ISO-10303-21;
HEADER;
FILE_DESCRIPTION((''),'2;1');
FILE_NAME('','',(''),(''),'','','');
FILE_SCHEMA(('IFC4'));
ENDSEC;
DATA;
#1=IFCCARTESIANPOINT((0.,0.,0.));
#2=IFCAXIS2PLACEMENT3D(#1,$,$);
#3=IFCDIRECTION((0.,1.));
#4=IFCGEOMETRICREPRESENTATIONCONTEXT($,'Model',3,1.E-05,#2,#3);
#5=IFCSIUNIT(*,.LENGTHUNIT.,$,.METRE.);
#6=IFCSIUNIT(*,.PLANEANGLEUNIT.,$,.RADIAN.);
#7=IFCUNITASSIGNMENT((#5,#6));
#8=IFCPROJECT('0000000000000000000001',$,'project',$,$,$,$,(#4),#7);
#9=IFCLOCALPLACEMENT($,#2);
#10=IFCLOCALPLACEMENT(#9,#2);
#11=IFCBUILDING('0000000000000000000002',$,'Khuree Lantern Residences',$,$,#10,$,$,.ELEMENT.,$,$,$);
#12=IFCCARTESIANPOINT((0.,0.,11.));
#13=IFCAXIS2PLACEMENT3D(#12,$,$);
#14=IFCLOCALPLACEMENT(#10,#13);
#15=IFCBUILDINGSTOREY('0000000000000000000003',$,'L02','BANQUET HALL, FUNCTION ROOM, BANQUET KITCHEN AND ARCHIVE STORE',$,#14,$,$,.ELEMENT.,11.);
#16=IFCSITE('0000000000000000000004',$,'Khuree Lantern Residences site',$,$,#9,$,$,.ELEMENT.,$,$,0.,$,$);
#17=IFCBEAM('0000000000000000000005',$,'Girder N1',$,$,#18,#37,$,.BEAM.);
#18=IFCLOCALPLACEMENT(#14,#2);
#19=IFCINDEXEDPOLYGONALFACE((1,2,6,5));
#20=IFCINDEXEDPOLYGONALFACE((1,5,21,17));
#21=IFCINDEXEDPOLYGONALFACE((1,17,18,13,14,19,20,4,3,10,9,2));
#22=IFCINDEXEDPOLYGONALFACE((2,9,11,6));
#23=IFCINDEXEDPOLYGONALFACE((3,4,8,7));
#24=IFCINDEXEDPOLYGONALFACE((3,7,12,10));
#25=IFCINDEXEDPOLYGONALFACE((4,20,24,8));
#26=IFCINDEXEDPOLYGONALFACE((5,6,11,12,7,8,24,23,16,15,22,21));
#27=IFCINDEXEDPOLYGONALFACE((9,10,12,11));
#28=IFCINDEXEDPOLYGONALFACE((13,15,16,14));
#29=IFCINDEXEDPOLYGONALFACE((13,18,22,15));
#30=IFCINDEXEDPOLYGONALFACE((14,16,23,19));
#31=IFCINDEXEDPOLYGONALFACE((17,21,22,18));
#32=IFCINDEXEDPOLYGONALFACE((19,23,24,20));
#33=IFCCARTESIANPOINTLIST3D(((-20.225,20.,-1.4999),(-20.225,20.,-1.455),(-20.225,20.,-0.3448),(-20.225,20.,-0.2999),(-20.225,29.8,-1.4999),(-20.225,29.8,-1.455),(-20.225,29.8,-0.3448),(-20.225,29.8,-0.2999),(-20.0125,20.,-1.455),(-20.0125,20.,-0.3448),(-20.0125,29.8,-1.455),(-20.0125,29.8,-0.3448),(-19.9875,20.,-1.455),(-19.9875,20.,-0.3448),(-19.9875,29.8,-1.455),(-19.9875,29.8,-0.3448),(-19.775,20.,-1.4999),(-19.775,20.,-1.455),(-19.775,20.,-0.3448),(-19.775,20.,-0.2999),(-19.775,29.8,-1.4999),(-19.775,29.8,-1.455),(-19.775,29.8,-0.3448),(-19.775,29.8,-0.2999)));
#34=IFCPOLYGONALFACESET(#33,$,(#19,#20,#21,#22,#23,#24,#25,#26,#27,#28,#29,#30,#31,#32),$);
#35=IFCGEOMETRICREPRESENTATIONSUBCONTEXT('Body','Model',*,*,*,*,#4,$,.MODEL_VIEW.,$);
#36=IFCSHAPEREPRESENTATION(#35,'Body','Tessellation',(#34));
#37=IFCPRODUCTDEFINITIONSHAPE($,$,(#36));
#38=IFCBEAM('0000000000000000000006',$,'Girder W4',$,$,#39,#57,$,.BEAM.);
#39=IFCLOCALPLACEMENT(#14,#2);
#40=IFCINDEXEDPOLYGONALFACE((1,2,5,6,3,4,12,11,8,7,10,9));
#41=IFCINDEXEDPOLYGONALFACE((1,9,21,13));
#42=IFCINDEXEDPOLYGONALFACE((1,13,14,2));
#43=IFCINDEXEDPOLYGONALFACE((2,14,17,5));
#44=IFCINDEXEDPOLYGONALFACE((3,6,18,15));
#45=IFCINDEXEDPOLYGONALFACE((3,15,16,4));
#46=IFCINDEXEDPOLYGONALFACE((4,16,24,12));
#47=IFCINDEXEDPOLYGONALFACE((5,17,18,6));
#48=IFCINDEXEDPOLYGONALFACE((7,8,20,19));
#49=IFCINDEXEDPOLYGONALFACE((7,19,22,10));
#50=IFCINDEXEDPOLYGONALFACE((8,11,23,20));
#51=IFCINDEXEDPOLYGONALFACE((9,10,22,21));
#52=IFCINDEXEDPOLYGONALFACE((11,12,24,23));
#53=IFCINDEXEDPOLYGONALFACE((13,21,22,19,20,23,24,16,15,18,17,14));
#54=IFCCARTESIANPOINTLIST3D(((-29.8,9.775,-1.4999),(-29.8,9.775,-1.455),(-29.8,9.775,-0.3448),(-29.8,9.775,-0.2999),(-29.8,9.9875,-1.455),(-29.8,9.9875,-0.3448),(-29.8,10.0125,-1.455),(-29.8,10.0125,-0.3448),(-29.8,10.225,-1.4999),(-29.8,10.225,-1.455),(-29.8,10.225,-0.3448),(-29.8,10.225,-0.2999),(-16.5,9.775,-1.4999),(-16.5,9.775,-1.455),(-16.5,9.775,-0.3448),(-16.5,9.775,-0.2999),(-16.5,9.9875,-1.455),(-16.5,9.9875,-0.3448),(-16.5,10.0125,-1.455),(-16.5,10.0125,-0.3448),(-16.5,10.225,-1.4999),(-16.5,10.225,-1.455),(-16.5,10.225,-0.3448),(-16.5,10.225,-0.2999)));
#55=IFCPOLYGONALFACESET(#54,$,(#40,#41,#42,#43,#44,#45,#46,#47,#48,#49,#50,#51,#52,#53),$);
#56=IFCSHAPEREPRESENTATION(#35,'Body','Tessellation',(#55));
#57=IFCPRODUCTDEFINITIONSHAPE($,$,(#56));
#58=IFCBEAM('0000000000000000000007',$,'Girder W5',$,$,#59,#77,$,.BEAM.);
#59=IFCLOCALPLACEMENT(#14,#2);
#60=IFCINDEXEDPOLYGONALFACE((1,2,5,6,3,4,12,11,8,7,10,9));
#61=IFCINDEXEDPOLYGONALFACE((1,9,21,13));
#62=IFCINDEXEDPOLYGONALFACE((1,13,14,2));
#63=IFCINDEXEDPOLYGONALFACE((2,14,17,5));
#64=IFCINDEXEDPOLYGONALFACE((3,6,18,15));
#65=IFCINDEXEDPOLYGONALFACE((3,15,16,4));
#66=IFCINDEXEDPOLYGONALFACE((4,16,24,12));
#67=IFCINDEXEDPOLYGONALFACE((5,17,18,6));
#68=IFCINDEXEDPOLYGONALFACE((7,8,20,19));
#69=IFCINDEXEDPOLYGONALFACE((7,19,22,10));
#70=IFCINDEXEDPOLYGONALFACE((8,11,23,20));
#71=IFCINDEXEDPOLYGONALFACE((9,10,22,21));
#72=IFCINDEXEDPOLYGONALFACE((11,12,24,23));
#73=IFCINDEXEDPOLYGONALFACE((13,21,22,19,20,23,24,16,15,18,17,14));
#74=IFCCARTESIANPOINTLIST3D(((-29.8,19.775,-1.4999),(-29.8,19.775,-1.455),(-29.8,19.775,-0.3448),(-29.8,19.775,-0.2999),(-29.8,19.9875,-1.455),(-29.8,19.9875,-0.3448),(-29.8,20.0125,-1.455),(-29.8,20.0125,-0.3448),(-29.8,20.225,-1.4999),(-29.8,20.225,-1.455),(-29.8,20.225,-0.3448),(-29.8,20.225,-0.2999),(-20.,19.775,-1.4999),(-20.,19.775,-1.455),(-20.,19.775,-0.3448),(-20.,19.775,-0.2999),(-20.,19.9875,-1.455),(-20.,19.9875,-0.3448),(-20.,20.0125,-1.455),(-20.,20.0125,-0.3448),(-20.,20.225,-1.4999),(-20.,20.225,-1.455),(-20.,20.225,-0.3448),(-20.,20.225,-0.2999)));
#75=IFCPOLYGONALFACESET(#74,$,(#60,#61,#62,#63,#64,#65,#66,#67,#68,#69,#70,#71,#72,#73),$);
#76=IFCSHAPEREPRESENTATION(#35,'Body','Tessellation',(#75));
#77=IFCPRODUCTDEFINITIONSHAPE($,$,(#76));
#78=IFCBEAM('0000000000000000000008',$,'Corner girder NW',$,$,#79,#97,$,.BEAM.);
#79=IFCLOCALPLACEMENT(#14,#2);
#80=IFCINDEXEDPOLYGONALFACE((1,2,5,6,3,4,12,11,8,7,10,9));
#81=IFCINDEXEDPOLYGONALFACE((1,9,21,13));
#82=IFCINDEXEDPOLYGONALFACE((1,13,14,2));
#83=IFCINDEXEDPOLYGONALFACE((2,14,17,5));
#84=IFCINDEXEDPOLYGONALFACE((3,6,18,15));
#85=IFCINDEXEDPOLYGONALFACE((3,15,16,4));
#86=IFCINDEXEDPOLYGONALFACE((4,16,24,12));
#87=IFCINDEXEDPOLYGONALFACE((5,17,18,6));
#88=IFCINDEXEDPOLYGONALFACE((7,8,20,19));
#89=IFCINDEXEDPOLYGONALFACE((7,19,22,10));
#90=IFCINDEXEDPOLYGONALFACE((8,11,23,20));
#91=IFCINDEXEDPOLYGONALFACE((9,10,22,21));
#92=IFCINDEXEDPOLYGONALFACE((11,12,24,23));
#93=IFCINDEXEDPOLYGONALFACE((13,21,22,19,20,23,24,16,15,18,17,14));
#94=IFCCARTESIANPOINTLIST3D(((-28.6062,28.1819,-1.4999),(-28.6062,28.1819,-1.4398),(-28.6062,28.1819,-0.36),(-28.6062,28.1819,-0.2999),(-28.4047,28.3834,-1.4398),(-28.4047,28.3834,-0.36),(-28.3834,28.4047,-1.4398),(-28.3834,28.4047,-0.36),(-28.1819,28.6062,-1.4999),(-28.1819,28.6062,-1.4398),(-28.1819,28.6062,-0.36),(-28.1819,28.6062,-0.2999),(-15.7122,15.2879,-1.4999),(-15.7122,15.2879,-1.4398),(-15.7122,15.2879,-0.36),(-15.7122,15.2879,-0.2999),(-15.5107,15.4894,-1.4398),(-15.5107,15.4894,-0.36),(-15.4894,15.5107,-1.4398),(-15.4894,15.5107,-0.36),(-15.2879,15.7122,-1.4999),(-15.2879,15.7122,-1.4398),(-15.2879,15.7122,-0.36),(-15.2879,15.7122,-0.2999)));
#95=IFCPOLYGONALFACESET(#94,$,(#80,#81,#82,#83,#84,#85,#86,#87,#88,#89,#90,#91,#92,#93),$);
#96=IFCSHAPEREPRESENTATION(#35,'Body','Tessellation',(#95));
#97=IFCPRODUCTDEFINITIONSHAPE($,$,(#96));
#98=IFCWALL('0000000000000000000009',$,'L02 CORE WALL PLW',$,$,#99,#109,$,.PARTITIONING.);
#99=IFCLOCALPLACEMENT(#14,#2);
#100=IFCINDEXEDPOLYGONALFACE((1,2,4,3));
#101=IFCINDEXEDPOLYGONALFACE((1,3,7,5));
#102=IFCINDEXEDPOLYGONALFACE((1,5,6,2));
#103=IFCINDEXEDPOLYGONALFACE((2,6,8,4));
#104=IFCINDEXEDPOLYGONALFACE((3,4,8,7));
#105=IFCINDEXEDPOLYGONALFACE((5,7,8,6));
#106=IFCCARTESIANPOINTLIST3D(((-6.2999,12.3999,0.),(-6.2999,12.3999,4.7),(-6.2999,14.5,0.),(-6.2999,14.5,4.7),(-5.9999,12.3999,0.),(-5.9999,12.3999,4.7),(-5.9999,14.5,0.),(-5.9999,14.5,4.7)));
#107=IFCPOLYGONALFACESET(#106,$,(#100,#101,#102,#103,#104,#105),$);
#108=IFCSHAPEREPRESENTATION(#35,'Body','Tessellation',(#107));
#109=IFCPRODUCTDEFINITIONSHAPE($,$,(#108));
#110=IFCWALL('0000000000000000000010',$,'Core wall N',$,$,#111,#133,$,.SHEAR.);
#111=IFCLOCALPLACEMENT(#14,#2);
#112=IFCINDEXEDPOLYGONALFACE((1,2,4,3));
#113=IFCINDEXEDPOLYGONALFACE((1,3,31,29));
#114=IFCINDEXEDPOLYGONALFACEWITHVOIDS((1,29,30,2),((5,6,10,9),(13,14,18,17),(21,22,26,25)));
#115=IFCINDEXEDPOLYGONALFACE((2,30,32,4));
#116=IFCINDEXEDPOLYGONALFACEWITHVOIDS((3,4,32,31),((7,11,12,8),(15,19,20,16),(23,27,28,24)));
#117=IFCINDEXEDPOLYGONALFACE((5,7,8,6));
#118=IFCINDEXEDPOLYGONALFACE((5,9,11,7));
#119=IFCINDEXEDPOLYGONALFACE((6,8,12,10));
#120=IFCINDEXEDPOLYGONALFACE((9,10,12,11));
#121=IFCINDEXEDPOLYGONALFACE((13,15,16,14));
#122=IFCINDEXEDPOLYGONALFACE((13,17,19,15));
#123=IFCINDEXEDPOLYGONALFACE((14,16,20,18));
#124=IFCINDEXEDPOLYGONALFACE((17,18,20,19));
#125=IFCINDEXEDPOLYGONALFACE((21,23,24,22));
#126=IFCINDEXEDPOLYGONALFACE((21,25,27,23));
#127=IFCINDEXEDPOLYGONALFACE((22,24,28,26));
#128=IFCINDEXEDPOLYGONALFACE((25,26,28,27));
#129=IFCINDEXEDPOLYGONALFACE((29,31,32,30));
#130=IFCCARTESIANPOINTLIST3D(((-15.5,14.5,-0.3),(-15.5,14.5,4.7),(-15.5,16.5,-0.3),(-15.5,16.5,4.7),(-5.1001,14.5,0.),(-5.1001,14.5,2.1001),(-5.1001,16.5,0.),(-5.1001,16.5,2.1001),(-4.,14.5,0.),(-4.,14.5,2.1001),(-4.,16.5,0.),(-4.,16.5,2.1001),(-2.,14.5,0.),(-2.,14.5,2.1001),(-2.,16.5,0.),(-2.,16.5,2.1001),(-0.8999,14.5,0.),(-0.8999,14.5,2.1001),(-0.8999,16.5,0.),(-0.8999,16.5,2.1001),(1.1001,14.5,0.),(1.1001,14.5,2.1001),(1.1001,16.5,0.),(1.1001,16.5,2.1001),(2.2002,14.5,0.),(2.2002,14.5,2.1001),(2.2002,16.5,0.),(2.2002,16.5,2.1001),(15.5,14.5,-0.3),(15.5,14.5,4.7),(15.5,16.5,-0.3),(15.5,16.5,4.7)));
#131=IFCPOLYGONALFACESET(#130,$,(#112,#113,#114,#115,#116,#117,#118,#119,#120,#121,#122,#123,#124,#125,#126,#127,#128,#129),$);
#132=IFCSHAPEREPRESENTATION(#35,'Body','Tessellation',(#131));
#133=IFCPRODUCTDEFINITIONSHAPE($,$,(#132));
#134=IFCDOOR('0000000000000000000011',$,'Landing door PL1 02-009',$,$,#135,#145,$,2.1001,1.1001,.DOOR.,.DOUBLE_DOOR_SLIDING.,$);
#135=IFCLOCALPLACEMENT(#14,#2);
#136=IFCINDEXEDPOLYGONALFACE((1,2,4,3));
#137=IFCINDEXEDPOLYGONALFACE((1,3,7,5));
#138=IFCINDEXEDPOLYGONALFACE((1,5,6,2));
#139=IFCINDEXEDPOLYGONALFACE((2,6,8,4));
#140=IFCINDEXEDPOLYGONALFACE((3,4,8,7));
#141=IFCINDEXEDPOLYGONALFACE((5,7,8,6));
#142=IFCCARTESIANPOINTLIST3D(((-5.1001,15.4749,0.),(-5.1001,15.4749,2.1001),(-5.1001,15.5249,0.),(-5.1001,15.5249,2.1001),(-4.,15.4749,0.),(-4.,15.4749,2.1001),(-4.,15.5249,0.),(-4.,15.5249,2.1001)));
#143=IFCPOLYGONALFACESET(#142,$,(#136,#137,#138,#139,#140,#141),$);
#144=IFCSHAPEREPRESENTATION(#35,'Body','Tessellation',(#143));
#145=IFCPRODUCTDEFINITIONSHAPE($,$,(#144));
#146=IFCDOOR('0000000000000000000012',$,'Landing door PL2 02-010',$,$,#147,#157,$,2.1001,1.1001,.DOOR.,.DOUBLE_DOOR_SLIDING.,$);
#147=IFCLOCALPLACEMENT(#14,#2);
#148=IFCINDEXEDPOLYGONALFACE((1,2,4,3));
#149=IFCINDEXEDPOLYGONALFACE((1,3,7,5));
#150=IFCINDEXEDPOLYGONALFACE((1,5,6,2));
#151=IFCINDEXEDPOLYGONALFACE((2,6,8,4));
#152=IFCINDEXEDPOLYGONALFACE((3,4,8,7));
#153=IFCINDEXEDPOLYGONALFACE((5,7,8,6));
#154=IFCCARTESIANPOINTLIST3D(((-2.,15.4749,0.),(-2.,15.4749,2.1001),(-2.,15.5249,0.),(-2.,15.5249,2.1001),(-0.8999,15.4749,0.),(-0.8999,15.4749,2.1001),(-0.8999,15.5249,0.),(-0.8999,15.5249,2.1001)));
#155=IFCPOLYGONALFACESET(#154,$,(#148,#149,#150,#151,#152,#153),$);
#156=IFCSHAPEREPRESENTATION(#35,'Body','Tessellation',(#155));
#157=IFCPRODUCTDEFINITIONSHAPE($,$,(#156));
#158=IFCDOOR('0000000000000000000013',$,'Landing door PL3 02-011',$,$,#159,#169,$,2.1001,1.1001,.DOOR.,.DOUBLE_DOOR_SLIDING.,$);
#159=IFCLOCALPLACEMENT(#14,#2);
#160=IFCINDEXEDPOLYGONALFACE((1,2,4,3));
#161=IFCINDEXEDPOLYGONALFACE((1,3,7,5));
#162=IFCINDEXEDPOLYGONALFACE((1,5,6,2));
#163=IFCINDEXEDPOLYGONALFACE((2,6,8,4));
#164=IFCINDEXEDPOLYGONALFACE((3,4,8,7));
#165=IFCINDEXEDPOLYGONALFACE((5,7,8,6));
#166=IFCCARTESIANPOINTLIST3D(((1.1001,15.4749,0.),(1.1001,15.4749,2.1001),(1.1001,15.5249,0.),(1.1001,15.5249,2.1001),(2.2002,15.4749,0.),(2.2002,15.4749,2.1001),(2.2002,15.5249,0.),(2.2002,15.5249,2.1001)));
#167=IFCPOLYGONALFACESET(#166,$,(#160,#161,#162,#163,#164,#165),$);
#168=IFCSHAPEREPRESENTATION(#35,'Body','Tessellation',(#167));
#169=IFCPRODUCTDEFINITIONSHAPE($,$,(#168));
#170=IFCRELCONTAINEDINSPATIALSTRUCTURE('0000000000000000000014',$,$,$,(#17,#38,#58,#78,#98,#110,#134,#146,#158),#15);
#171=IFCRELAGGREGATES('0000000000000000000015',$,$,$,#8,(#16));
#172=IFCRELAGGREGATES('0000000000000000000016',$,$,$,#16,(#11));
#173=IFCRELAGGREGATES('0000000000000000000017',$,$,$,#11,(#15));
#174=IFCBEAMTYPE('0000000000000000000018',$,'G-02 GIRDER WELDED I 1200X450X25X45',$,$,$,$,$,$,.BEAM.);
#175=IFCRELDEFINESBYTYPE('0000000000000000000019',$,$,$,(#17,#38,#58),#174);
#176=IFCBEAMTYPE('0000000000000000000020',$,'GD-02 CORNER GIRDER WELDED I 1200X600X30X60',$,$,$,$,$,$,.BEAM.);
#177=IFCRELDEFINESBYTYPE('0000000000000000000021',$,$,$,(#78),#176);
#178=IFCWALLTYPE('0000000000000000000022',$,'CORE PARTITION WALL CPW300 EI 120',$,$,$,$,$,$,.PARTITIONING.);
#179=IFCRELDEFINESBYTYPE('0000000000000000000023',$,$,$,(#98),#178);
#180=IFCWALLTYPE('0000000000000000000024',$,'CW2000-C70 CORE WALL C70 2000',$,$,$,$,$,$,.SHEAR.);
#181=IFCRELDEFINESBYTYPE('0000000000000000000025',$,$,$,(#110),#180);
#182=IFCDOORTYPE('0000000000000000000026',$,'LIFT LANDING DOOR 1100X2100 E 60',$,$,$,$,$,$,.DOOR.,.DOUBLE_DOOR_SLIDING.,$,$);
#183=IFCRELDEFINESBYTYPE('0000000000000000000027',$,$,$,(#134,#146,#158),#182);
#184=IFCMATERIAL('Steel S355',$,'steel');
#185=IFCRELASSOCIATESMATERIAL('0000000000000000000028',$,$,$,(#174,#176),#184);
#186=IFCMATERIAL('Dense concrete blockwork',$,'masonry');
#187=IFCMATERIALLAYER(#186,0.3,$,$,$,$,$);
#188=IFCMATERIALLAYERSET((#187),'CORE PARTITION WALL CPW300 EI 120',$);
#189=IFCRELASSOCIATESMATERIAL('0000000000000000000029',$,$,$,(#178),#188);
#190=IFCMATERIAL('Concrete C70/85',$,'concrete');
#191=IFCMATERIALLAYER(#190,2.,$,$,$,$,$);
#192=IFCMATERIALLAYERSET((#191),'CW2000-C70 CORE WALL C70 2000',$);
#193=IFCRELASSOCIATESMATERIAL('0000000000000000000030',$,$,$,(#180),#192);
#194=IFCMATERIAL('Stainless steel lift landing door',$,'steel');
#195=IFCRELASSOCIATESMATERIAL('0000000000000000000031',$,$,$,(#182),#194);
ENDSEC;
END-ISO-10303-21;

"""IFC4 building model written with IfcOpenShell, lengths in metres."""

from ifc_helpers import new_model, si_unit, direction, frame, frame_2d, origin, origin_2d, place, context, subcontext, project, spatial, rectangle, i_section, extrude, material, layer, layer_set, material_profile, profile_set, type_object, element, fill, save


model = new_model("IFC4")

# Units and contexts
model_context = context("Model", 3, precision=1e-05, world=origin(), true_north=direction((0.0, 1.0)))
body_context = subcontext(model_context, "Body", "Model", "MODEL_VIEW")
ifc_project = project(units=[si_unit("LENGTHUNIT", "METRE"), si_unit("PLANEANGLEUNIT", "RADIAN")], contexts=[model_context])

# Site, building, storey
site_placement = place(None, origin())
site = spatial("IfcSite", under=ifc_project, at=site_placement, Name="Khuree Lantern Residences site", CompositionType="ELEMENT", RefElevation=0.0)
building_placement = place(site_placement, origin())
building = spatial("IfcBuilding", under=site, at=building_placement, Name="Khuree Lantern Residences", CompositionType="ELEMENT")
storey_placement = place(building_placement, frame((0.0, 0.0, 11.0)))
storey = spatial("IfcBuildingStorey", under=building, at=storey_placement, Name="L02", Description="BANQUET HALL, FUNCTION ROOM, BANQUET KITCHEN AND ARCHIVE STORE", CompositionType="ELEMENT", Elevation=11.0)

# Shared definitions
ifc_material_1 = material(Name="Concrete C70/85", Category="concrete")

# Beams
ifc_material_2 = material(Name="Steel S355", Category="steel")
ifc_material_profile_1 = material_profile(ifc_material_2, i_section(OverallWidth=0.45, OverallDepth=1.2, WebThickness=0.0249, FlangeThickness=0.0449, at=origin_2d()), Name="WELDED I 1200X450X25X45")
ifc_profile_set_1 = profile_set([ifc_material_profile_1], Name="Steel S355")
beam_type_1 = type_object("IfcBeamType", Name="G-02 GIRDER WELDED I 1200X450X25X45", PredefinedType="BEAM", material=ifc_profile_set_1)
beam_1_placement = place(storey_placement, frame((-20.0, 29.8, -0.8999), z_axis=(0.0, -1.0, 0.0), x_axis=(1.0, 0.0, 0.0)))
element("IfcBeam", 1, at=beam_1_placement, inside=storey, type_object=beam_type_1, Name="Girder N1", PredefinedType="BEAM", context=body_context, shape_type="SweptSolid", body=[
    extrude(i_section(OverallWidth=0.45, OverallDepth=1.2, WebThickness=0.0249, FlangeThickness=0.0449, at=origin_2d()), origin(), (0.0, 0.0, 1.0), 9.8),
])
beam_2_placement = place(storey_placement, frame((-29.8, 10.0, -0.8999), z_axis=(1.0, 0.0, 0.0), x_axis=(0.0, 1.0, 0.0)))
element("IfcBeam", 2, at=beam_2_placement, inside=storey, type_object=beam_type_1, Name="Girder W4", PredefinedType="BEAM", context=body_context, shape_type="SweptSolid", body=[
    extrude(i_section(OverallWidth=0.45, OverallDepth=1.2, WebThickness=0.0249, FlangeThickness=0.0449, at=origin_2d()), origin(), (0.0, 0.0, 1.0), 13.3),
])
beam_3_placement = place(storey_placement, frame((-29.8, 20.0, -0.8999), z_axis=(1.0, 0.0, 0.0), x_axis=(0.0, 1.0, 0.0)))
element("IfcBeam", 3, at=beam_3_placement, inside=storey, type_object=beam_type_1, Name="Girder W5", PredefinedType="BEAM", context=body_context, shape_type="SweptSolid", body=[
    extrude(i_section(OverallWidth=0.45, OverallDepth=1.2, WebThickness=0.0249, FlangeThickness=0.0449, at=origin_2d()), origin(), (0.0, 0.0, 1.0), 9.8),
])
ifc_material_profile_2 = material_profile(ifc_material_2, i_section(OverallWidth=0.6001, OverallDepth=1.2, WebThickness=0.03, FlangeThickness=0.0601, at=origin_2d()), Name="WELDED I 1200X600X30X60")
ifc_profile_set_2 = profile_set([ifc_material_profile_2], Name="Steel S355")
beam_type_2 = type_object("IfcBeamType", Name="GD-02 CORNER GIRDER WELDED I 1200X600X30X60", PredefinedType="BEAM", material=ifc_profile_set_2)
beam_4_placement = place(storey_placement, frame((-28.394, 28.394, -0.8999), z_axis=(0.707107, -0.707107, 0.0), x_axis=(0.707107, 0.707107, 0.0)))
element("IfcBeam", 4, at=beam_4_placement, inside=storey, type_object=beam_type_2, Name="Corner girder NW", PredefinedType="BEAM", context=body_context, shape_type="SweptSolid", body=[
    extrude(i_section(OverallWidth=0.6001, OverallDepth=1.2, WebThickness=0.03, FlangeThickness=0.0601, at=origin_2d()), origin(), (0.0, 0.0, 1.0), 18.2349),
])

# Wall
ifc_material_3 = material(Name="Dense concrete blockwork", Category="masonry")
ifc_layer_1 = layer(ifc_material_3, 0.3)
ifc_layer_set_1 = layer_set([ifc_layer_1], Name="CORE PARTITION WALL CPW300 EI 120")
wall_type_1 = type_object("IfcWallType", Name="CORE PARTITION WALL CPW300 EI 120", PredefinedType="PARTITIONING", material=ifc_layer_set_1)
wall_1_placement = place(storey_placement, frame((-6.1499, 12.3999, 0.0), z_axis=(0.0, 0.0, 1.0), x_axis=(0.0, 1.0, 0.0)))
element("IfcWall", 5, at=wall_1_placement, inside=storey, type_object=wall_type_1, Name="L02 CORE WALL PLW", PredefinedType="PARTITIONING", context=body_context, shape_type="SweptSolid", body=[
    extrude(rectangle(XDim=2.1001, YDim=0.3, at=frame_2d((1.05, 0.0))), origin(), (0.0, 0.0, 1.0), 4.7),
])

# Wall, openings, doors
ifc_layer_2 = layer(ifc_material_1, 2.0)
ifc_layer_set_2 = layer_set([ifc_layer_2], Name="CW2000-C70 CORE WALL C70 2000")
wall_type_2 = type_object("IfcWallType", Name="CW2000-C70 CORE WALL C70 2000", PredefinedType="SHEAR", material=ifc_layer_set_2)
wall_2_placement = place(storey_placement, frame((-15.5, 15.5, -0.3), z_axis=(0.0, 0.0, 1.0), x_axis=(1.0, 0.0, 0.0)))
wall_2 = element("IfcWall", 6, at=wall_2_placement, inside=storey, type_object=wall_type_2, Name="Core wall N", PredefinedType="SHEAR", context=body_context, shape_type="SweptSolid", body=[
    extrude(rectangle(XDim=31.0, YDim=2.0, at=frame_2d((15.5, 0.0))), origin(), (0.0, 0.0, 1.0), 5.0),
])
opening_1_placement = place(wall_2_placement, frame((10.3999, 0.0, 0.3)))
opening_1 = element("IfcOpeningElement", 7, at=opening_1_placement, cuts=wall_2, PredefinedType="OPENING", context=body_context, shape_type="SweptSolid", body=[
    extrude(rectangle(XDim=1.1001, YDim=2.1001, at=frame_2d((0.55, 1.05))), frame((0.0, 1.01, 0.0), z_axis=(0.0, -1.0, 0.0), x_axis=(1.0, 0.0, 0.0)), (0.0, 0.0, 1.0), 2.02),
])
opening_2_placement = place(wall_2_placement, frame((13.5, 0.0, 0.3)))
opening_2 = element("IfcOpeningElement", 8, at=opening_2_placement, cuts=wall_2, PredefinedType="OPENING", context=body_context, shape_type="SweptSolid", body=[
    extrude(rectangle(XDim=1.1001, YDim=2.1001, at=frame_2d((0.55, 1.05))), frame((0.0, 1.01, 0.0), z_axis=(0.0, -1.0, 0.0), x_axis=(1.0, 0.0, 0.0)), (0.0, 0.0, 1.0), 2.02),
])
opening_3_placement = place(wall_2_placement, frame((16.6001, 0.0, 0.3)))
opening_3 = element("IfcOpeningElement", 9, at=opening_3_placement, cuts=wall_2, PredefinedType="OPENING", context=body_context, shape_type="SweptSolid", body=[
    extrude(rectangle(XDim=1.1001, YDim=2.1001, at=frame_2d((0.55, 1.05))), frame((0.0, 1.01, 0.0), z_axis=(0.0, -1.0, 0.0), x_axis=(1.0, 0.0, 0.0)), (0.0, 0.0, 1.0), 2.02),
])
ifc_material_4 = material(Name="Stainless steel lift landing door", Category="steel")
door_type_1 = type_object("IfcDoorType", Name="LIFT LANDING DOOR 1100X2100 E 60", OperationType="DOUBLE_DOOR_SLIDING", PredefinedType="DOOR", material=ifc_material_4)
door_1_placement = place(opening_1_placement, origin())
door_1 = element("IfcDoor", 10, at=door_1_placement, inside=storey, type_object=door_type_1, Name="Landing door PL1 02-009", OperationType="DOUBLE_DOOR_SLIDING", OverallHeight=2.1001, OverallWidth=1.1001, PredefinedType="DOOR", context=body_context, shape_type="SweptSolid", body=[
    extrude(rectangle(XDim=1.1001, YDim=2.1001, at=frame_2d((0.55, 1.05))), frame((0.0, 0.0249, 0.0), z_axis=(0.0, -1.0, 0.0), x_axis=(1.0, 0.0, 0.0)), (0.0, 0.0, 1.0), 0.05),
])
fill(opening_1, door_1)
door_2_placement = place(opening_2_placement, origin())
door_2 = element("IfcDoor", 11, at=door_2_placement, inside=storey, type_object=door_type_1, Name="Landing door PL2 02-010", OperationType="DOUBLE_DOOR_SLIDING", OverallHeight=2.1001, OverallWidth=1.1001, PredefinedType="DOOR", context=body_context, shape_type="SweptSolid", body=[
    extrude(rectangle(XDim=1.1001, YDim=2.1001, at=frame_2d((0.55, 1.05))), frame((0.0, 0.0249, 0.0), z_axis=(0.0, -1.0, 0.0), x_axis=(1.0, 0.0, 0.0)), (0.0, 0.0, 1.0), 0.05),
])
fill(opening_2, door_2)
door_3_placement = place(opening_3_placement, origin())
door_3 = element("IfcDoor", 12, at=door_3_placement, inside=storey, type_object=door_type_1, Name="Landing door PL3 02-011", OperationType="DOUBLE_DOOR_SLIDING", OverallHeight=2.1001, OverallWidth=1.1001, PredefinedType="DOOR", context=body_context, shape_type="SweptSolid", body=[
    extrude(rectangle(XDim=1.1001, YDim=2.1001, at=frame_2d((0.55, 1.05))), frame((0.0, 0.0249, 0.0), z_axis=(0.0, -1.0, 0.0), x_axis=(1.0, 0.0, 0.0)), (0.0, 0.0, 1.0), 0.05),
])
fill(opening_3, door_3)

save(model, "model.ifc")
